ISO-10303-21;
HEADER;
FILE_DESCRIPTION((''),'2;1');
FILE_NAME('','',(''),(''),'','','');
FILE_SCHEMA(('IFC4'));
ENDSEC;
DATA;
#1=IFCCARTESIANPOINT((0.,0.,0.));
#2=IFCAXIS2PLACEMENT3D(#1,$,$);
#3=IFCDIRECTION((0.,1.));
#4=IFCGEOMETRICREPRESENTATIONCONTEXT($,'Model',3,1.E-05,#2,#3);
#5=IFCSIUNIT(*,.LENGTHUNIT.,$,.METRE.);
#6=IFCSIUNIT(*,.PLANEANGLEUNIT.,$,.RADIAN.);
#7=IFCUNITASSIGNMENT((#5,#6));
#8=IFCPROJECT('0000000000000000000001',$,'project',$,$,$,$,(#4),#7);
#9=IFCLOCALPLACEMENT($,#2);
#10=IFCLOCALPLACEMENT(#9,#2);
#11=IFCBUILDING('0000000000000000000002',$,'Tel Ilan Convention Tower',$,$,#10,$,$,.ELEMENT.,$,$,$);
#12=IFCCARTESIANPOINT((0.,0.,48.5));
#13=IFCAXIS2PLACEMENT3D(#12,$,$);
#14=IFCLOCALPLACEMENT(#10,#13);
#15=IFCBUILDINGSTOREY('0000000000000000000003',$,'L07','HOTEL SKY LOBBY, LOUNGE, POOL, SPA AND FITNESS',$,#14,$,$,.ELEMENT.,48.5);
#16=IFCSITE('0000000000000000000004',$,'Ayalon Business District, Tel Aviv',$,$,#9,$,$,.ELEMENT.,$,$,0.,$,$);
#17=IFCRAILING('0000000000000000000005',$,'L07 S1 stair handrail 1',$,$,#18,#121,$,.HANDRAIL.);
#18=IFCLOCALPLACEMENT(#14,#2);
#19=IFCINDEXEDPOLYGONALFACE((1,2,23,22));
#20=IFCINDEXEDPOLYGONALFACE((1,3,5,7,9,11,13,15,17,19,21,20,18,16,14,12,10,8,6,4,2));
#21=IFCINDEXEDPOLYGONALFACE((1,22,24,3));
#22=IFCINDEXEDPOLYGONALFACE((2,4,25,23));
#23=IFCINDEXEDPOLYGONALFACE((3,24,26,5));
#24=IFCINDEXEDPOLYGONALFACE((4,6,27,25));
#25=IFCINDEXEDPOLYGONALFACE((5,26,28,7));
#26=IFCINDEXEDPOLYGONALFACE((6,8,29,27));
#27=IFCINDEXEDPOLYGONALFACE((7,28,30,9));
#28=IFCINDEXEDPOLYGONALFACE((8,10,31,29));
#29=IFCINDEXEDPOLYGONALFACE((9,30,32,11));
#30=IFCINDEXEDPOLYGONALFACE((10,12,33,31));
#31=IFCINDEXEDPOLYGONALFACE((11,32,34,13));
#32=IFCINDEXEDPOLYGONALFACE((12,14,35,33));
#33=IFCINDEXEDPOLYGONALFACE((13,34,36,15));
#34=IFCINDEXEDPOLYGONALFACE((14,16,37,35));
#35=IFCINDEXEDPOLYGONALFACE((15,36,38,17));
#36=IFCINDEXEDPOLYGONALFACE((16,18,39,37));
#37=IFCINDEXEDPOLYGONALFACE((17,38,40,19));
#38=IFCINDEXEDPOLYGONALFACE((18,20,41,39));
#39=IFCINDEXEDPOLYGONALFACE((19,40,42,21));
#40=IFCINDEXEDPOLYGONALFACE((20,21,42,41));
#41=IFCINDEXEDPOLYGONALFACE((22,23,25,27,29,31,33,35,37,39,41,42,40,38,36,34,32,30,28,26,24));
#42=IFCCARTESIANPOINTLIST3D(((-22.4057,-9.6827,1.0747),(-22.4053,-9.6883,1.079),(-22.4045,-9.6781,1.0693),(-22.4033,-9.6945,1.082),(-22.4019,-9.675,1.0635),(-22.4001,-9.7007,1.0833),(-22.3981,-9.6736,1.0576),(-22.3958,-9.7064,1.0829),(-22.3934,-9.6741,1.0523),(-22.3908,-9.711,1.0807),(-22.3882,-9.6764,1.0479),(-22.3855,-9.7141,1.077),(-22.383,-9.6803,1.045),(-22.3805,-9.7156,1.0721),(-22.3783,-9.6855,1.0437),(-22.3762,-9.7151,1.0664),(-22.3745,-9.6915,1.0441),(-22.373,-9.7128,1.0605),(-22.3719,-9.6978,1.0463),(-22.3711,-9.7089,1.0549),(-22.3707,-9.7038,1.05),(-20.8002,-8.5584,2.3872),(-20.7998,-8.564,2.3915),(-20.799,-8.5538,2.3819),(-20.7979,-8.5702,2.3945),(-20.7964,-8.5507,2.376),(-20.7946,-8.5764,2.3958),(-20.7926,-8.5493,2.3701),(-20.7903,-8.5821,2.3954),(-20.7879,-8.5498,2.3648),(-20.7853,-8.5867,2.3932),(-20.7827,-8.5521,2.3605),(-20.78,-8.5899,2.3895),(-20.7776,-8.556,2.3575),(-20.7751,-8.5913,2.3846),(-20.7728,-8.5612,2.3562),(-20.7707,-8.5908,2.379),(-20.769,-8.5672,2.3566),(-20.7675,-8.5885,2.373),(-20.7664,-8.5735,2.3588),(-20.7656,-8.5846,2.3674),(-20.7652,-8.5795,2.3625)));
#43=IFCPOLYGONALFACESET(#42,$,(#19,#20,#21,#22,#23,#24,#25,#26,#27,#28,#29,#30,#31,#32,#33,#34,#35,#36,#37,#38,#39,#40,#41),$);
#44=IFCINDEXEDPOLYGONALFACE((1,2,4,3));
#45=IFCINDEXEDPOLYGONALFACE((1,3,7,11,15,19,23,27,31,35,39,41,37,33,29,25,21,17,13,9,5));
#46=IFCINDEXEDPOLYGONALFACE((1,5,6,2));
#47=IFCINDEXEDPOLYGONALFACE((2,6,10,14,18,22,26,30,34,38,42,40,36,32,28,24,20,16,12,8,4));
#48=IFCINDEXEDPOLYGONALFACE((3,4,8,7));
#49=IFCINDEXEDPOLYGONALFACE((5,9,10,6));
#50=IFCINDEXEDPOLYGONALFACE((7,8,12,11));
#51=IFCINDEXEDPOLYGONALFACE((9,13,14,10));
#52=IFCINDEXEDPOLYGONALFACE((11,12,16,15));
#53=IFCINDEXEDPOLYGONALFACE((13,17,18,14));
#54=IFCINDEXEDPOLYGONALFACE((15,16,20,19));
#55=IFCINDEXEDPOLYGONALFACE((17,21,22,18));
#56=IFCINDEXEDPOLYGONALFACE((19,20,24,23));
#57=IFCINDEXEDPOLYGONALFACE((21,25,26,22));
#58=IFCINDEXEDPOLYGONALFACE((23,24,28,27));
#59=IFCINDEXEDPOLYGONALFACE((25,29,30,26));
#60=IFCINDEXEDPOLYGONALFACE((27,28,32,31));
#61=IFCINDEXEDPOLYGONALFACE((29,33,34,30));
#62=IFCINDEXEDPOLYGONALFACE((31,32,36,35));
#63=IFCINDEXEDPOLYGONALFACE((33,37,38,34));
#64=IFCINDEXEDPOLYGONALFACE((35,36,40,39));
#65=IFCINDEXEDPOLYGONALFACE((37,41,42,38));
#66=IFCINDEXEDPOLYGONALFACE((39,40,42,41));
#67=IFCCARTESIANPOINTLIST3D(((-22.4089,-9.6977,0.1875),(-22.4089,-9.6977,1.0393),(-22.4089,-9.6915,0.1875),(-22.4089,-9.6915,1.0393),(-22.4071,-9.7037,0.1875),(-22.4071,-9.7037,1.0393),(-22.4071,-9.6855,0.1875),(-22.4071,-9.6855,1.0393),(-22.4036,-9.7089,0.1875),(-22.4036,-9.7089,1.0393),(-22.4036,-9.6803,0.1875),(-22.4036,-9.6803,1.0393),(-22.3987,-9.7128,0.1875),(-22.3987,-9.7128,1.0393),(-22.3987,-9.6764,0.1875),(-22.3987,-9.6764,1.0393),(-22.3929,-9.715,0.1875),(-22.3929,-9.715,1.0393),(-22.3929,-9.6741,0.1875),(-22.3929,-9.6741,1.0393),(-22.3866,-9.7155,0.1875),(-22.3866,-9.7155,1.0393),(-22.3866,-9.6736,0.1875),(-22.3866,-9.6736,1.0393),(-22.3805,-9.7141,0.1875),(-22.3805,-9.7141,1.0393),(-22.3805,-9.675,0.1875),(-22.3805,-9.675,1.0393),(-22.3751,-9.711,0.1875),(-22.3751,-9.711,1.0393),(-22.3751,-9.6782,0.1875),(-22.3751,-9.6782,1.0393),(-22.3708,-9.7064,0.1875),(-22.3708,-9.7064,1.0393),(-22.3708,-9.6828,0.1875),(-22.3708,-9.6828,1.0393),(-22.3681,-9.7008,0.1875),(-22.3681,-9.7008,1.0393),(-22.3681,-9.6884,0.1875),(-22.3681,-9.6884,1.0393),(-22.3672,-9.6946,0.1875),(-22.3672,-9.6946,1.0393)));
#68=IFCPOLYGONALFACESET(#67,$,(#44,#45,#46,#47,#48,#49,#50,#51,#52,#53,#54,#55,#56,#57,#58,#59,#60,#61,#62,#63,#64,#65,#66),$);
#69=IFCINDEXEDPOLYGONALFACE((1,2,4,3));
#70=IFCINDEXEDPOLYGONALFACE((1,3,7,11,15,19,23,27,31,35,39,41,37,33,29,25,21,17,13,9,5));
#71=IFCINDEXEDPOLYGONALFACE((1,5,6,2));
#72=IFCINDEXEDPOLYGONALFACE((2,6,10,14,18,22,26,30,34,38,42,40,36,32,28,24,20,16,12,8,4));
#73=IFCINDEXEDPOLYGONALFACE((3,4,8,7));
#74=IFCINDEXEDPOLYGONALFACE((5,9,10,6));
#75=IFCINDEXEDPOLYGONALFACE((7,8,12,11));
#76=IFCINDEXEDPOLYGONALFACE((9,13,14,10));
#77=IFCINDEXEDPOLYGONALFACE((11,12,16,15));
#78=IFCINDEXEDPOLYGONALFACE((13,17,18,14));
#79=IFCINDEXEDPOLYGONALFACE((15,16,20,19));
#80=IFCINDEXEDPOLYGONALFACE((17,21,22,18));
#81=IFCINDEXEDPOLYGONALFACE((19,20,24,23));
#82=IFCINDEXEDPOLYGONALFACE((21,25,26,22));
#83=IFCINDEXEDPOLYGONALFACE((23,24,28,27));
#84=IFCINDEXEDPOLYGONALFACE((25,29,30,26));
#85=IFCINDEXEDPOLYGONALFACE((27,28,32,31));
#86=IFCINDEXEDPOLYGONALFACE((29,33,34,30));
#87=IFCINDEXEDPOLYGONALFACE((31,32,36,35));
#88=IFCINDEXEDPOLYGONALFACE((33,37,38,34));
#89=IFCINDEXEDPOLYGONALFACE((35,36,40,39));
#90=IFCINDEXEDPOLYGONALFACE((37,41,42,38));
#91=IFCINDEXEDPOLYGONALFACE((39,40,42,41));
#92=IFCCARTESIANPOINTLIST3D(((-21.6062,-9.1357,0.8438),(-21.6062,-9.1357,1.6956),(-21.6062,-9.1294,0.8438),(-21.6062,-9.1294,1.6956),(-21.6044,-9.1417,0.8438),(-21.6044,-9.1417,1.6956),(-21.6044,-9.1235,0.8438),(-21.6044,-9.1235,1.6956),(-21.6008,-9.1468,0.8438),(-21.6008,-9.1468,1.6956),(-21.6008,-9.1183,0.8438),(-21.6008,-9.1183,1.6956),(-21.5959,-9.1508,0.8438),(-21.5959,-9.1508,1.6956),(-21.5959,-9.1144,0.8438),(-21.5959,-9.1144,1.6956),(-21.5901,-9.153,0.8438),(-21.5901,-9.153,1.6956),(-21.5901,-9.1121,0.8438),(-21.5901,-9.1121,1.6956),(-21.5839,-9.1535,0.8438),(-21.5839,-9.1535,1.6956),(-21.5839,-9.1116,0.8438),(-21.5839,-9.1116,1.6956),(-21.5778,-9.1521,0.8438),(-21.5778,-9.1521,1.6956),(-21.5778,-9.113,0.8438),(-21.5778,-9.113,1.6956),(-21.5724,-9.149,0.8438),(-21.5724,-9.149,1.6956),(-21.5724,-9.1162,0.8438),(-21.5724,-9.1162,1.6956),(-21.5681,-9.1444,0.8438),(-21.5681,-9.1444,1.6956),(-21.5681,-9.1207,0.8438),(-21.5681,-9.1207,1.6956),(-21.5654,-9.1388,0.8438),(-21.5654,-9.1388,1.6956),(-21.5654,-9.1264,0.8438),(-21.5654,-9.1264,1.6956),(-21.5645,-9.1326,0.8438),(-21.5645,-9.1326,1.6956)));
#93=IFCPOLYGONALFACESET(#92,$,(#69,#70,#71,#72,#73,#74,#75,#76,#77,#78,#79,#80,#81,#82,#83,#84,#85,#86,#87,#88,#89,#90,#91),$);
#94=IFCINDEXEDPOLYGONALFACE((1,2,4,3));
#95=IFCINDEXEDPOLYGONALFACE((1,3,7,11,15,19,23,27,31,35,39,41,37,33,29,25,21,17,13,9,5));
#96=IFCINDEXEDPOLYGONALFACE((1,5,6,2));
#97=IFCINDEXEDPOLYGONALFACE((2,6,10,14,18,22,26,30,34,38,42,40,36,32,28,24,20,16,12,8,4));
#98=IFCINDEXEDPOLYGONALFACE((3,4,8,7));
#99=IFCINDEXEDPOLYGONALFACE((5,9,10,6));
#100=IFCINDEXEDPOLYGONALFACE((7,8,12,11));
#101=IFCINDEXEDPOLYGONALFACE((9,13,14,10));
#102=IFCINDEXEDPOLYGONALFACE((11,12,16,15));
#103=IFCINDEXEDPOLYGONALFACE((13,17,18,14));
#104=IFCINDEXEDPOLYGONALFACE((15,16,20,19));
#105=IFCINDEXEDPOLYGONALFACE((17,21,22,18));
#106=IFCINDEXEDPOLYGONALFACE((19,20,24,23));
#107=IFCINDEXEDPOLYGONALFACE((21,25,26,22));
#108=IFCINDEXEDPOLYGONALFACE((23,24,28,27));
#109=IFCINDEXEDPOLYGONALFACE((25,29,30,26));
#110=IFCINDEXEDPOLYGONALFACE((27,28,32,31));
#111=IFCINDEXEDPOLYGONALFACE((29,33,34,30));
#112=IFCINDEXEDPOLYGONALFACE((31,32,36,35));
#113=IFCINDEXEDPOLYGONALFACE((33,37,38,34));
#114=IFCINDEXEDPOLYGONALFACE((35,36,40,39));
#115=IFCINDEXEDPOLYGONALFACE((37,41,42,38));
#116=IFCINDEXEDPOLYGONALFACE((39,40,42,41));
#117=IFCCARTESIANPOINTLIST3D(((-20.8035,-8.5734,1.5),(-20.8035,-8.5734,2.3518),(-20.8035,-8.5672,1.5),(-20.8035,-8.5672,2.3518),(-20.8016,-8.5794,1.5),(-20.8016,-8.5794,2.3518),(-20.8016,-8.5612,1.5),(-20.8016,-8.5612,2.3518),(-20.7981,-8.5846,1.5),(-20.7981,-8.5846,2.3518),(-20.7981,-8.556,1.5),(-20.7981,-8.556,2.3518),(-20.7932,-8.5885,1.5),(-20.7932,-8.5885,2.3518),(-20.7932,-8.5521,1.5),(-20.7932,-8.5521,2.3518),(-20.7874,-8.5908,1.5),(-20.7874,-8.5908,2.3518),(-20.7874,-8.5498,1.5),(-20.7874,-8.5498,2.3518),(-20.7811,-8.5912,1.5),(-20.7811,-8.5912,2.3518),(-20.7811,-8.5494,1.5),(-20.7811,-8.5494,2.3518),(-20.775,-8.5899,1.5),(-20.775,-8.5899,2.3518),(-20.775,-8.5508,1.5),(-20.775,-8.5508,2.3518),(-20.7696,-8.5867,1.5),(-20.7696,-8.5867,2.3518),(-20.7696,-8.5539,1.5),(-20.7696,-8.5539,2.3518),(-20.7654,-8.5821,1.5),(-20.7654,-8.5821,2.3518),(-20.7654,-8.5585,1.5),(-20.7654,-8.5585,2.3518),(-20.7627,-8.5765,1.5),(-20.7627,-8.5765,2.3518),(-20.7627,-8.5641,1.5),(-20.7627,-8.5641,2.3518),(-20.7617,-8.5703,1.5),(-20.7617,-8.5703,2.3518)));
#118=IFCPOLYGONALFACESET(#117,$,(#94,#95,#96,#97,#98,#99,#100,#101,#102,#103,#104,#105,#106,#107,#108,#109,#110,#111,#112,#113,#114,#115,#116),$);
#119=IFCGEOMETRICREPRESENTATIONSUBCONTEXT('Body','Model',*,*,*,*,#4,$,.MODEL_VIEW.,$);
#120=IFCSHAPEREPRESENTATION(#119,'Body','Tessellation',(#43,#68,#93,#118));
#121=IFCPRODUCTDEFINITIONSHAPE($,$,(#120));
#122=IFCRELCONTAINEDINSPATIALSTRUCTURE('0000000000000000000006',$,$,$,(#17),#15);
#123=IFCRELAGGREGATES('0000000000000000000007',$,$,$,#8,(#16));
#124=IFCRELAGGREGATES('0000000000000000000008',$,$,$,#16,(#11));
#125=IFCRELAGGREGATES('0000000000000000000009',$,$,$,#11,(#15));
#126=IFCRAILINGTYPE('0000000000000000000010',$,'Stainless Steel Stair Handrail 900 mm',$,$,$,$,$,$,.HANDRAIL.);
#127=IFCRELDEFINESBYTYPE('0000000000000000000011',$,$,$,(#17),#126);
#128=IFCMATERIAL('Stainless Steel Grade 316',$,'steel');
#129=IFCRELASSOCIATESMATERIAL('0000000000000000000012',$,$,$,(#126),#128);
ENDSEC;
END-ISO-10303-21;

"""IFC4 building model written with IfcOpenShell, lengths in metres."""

from ifc_helpers import new_model, si_unit, direction, frame, origin, origin_2d, place, context, subcontext, project, spatial, circle, extrude, material, type_object, element, save


model = new_model("IFC4")

# Units and contexts
model_context = context("Model", 3, precision=1e-05, world=origin(), true_north=direction((0.0, 1.0)))
body_context = subcontext(model_context, "Body", "Model", "MODEL_VIEW")
ifc_project = project(units=[si_unit("LENGTHUNIT", "METRE"), si_unit("PLANEANGLEUNIT", "RADIAN")], contexts=[model_context])

# Site, building, storey
site_placement = place(None, origin())
site = spatial("IfcSite", under=ifc_project, at=site_placement, Name="Ayalon Business District, Tel Aviv", CompositionType="ELEMENT", RefElevation=0.0)
building_placement = place(site_placement, origin())
building = spatial("IfcBuilding", under=site, at=building_placement, Name="Tel Ilan Convention Tower", CompositionType="ELEMENT")
storey_placement = place(building_placement, frame((0.0, 0.0, 48.5)))
storey = spatial("IfcBuildingStorey", under=building, at=storey_placement, Name="L07", Description="HOTEL SKY LOBBY, LOUNGE, POOL, SPA AND FITNESS", CompositionType="ELEMENT", Elevation=48.5)

# Railing
ifc_material_1 = material(Name="Stainless Steel Grade 316", Category="steel")
railing_type_1 = type_object("IfcRailingType", Name="Stainless Steel Stair Handrail 900 mm", PredefinedType="HANDRAIL", material=ifc_material_1)
railing_1_placement = place(storey_placement, frame((-22.3882, -9.6946, 0.1875)))
element("IfcRailing", 1, at=railing_1_placement, inside=storey, type_object=railing_type_1, Name="L07 S1 stair handrail 1", PredefinedType="HANDRAIL", context=body_context, shape_type="SweptSolid", body=[
    extrude(circle(Radius=0.0239, at=origin_2d()), frame((0.0, 0.0, 0.876), z_axis=(0.680616, 0.476617, 0.556416), x_axis=(-0.573613, 0.819127, 0.0)), (0.0, 0.0, 1.0), 2.3589),
    extrude(circle(Radius=0.021, at=origin_2d()), origin(), (0.0, 0.0, 1.0), 0.8518),
    extrude(circle(Radius=0.021, at=origin_2d()), frame((0.8027, 0.562, 0.6562)), (0.0, 0.0, 1.0), 0.8518),
    extrude(circle(Radius=0.021, at=origin_2d()), frame((1.6055, 1.1243, 1.3125)), (0.0, 0.0, 1.0), 0.8518),
])

save(model, "model.ifc")
